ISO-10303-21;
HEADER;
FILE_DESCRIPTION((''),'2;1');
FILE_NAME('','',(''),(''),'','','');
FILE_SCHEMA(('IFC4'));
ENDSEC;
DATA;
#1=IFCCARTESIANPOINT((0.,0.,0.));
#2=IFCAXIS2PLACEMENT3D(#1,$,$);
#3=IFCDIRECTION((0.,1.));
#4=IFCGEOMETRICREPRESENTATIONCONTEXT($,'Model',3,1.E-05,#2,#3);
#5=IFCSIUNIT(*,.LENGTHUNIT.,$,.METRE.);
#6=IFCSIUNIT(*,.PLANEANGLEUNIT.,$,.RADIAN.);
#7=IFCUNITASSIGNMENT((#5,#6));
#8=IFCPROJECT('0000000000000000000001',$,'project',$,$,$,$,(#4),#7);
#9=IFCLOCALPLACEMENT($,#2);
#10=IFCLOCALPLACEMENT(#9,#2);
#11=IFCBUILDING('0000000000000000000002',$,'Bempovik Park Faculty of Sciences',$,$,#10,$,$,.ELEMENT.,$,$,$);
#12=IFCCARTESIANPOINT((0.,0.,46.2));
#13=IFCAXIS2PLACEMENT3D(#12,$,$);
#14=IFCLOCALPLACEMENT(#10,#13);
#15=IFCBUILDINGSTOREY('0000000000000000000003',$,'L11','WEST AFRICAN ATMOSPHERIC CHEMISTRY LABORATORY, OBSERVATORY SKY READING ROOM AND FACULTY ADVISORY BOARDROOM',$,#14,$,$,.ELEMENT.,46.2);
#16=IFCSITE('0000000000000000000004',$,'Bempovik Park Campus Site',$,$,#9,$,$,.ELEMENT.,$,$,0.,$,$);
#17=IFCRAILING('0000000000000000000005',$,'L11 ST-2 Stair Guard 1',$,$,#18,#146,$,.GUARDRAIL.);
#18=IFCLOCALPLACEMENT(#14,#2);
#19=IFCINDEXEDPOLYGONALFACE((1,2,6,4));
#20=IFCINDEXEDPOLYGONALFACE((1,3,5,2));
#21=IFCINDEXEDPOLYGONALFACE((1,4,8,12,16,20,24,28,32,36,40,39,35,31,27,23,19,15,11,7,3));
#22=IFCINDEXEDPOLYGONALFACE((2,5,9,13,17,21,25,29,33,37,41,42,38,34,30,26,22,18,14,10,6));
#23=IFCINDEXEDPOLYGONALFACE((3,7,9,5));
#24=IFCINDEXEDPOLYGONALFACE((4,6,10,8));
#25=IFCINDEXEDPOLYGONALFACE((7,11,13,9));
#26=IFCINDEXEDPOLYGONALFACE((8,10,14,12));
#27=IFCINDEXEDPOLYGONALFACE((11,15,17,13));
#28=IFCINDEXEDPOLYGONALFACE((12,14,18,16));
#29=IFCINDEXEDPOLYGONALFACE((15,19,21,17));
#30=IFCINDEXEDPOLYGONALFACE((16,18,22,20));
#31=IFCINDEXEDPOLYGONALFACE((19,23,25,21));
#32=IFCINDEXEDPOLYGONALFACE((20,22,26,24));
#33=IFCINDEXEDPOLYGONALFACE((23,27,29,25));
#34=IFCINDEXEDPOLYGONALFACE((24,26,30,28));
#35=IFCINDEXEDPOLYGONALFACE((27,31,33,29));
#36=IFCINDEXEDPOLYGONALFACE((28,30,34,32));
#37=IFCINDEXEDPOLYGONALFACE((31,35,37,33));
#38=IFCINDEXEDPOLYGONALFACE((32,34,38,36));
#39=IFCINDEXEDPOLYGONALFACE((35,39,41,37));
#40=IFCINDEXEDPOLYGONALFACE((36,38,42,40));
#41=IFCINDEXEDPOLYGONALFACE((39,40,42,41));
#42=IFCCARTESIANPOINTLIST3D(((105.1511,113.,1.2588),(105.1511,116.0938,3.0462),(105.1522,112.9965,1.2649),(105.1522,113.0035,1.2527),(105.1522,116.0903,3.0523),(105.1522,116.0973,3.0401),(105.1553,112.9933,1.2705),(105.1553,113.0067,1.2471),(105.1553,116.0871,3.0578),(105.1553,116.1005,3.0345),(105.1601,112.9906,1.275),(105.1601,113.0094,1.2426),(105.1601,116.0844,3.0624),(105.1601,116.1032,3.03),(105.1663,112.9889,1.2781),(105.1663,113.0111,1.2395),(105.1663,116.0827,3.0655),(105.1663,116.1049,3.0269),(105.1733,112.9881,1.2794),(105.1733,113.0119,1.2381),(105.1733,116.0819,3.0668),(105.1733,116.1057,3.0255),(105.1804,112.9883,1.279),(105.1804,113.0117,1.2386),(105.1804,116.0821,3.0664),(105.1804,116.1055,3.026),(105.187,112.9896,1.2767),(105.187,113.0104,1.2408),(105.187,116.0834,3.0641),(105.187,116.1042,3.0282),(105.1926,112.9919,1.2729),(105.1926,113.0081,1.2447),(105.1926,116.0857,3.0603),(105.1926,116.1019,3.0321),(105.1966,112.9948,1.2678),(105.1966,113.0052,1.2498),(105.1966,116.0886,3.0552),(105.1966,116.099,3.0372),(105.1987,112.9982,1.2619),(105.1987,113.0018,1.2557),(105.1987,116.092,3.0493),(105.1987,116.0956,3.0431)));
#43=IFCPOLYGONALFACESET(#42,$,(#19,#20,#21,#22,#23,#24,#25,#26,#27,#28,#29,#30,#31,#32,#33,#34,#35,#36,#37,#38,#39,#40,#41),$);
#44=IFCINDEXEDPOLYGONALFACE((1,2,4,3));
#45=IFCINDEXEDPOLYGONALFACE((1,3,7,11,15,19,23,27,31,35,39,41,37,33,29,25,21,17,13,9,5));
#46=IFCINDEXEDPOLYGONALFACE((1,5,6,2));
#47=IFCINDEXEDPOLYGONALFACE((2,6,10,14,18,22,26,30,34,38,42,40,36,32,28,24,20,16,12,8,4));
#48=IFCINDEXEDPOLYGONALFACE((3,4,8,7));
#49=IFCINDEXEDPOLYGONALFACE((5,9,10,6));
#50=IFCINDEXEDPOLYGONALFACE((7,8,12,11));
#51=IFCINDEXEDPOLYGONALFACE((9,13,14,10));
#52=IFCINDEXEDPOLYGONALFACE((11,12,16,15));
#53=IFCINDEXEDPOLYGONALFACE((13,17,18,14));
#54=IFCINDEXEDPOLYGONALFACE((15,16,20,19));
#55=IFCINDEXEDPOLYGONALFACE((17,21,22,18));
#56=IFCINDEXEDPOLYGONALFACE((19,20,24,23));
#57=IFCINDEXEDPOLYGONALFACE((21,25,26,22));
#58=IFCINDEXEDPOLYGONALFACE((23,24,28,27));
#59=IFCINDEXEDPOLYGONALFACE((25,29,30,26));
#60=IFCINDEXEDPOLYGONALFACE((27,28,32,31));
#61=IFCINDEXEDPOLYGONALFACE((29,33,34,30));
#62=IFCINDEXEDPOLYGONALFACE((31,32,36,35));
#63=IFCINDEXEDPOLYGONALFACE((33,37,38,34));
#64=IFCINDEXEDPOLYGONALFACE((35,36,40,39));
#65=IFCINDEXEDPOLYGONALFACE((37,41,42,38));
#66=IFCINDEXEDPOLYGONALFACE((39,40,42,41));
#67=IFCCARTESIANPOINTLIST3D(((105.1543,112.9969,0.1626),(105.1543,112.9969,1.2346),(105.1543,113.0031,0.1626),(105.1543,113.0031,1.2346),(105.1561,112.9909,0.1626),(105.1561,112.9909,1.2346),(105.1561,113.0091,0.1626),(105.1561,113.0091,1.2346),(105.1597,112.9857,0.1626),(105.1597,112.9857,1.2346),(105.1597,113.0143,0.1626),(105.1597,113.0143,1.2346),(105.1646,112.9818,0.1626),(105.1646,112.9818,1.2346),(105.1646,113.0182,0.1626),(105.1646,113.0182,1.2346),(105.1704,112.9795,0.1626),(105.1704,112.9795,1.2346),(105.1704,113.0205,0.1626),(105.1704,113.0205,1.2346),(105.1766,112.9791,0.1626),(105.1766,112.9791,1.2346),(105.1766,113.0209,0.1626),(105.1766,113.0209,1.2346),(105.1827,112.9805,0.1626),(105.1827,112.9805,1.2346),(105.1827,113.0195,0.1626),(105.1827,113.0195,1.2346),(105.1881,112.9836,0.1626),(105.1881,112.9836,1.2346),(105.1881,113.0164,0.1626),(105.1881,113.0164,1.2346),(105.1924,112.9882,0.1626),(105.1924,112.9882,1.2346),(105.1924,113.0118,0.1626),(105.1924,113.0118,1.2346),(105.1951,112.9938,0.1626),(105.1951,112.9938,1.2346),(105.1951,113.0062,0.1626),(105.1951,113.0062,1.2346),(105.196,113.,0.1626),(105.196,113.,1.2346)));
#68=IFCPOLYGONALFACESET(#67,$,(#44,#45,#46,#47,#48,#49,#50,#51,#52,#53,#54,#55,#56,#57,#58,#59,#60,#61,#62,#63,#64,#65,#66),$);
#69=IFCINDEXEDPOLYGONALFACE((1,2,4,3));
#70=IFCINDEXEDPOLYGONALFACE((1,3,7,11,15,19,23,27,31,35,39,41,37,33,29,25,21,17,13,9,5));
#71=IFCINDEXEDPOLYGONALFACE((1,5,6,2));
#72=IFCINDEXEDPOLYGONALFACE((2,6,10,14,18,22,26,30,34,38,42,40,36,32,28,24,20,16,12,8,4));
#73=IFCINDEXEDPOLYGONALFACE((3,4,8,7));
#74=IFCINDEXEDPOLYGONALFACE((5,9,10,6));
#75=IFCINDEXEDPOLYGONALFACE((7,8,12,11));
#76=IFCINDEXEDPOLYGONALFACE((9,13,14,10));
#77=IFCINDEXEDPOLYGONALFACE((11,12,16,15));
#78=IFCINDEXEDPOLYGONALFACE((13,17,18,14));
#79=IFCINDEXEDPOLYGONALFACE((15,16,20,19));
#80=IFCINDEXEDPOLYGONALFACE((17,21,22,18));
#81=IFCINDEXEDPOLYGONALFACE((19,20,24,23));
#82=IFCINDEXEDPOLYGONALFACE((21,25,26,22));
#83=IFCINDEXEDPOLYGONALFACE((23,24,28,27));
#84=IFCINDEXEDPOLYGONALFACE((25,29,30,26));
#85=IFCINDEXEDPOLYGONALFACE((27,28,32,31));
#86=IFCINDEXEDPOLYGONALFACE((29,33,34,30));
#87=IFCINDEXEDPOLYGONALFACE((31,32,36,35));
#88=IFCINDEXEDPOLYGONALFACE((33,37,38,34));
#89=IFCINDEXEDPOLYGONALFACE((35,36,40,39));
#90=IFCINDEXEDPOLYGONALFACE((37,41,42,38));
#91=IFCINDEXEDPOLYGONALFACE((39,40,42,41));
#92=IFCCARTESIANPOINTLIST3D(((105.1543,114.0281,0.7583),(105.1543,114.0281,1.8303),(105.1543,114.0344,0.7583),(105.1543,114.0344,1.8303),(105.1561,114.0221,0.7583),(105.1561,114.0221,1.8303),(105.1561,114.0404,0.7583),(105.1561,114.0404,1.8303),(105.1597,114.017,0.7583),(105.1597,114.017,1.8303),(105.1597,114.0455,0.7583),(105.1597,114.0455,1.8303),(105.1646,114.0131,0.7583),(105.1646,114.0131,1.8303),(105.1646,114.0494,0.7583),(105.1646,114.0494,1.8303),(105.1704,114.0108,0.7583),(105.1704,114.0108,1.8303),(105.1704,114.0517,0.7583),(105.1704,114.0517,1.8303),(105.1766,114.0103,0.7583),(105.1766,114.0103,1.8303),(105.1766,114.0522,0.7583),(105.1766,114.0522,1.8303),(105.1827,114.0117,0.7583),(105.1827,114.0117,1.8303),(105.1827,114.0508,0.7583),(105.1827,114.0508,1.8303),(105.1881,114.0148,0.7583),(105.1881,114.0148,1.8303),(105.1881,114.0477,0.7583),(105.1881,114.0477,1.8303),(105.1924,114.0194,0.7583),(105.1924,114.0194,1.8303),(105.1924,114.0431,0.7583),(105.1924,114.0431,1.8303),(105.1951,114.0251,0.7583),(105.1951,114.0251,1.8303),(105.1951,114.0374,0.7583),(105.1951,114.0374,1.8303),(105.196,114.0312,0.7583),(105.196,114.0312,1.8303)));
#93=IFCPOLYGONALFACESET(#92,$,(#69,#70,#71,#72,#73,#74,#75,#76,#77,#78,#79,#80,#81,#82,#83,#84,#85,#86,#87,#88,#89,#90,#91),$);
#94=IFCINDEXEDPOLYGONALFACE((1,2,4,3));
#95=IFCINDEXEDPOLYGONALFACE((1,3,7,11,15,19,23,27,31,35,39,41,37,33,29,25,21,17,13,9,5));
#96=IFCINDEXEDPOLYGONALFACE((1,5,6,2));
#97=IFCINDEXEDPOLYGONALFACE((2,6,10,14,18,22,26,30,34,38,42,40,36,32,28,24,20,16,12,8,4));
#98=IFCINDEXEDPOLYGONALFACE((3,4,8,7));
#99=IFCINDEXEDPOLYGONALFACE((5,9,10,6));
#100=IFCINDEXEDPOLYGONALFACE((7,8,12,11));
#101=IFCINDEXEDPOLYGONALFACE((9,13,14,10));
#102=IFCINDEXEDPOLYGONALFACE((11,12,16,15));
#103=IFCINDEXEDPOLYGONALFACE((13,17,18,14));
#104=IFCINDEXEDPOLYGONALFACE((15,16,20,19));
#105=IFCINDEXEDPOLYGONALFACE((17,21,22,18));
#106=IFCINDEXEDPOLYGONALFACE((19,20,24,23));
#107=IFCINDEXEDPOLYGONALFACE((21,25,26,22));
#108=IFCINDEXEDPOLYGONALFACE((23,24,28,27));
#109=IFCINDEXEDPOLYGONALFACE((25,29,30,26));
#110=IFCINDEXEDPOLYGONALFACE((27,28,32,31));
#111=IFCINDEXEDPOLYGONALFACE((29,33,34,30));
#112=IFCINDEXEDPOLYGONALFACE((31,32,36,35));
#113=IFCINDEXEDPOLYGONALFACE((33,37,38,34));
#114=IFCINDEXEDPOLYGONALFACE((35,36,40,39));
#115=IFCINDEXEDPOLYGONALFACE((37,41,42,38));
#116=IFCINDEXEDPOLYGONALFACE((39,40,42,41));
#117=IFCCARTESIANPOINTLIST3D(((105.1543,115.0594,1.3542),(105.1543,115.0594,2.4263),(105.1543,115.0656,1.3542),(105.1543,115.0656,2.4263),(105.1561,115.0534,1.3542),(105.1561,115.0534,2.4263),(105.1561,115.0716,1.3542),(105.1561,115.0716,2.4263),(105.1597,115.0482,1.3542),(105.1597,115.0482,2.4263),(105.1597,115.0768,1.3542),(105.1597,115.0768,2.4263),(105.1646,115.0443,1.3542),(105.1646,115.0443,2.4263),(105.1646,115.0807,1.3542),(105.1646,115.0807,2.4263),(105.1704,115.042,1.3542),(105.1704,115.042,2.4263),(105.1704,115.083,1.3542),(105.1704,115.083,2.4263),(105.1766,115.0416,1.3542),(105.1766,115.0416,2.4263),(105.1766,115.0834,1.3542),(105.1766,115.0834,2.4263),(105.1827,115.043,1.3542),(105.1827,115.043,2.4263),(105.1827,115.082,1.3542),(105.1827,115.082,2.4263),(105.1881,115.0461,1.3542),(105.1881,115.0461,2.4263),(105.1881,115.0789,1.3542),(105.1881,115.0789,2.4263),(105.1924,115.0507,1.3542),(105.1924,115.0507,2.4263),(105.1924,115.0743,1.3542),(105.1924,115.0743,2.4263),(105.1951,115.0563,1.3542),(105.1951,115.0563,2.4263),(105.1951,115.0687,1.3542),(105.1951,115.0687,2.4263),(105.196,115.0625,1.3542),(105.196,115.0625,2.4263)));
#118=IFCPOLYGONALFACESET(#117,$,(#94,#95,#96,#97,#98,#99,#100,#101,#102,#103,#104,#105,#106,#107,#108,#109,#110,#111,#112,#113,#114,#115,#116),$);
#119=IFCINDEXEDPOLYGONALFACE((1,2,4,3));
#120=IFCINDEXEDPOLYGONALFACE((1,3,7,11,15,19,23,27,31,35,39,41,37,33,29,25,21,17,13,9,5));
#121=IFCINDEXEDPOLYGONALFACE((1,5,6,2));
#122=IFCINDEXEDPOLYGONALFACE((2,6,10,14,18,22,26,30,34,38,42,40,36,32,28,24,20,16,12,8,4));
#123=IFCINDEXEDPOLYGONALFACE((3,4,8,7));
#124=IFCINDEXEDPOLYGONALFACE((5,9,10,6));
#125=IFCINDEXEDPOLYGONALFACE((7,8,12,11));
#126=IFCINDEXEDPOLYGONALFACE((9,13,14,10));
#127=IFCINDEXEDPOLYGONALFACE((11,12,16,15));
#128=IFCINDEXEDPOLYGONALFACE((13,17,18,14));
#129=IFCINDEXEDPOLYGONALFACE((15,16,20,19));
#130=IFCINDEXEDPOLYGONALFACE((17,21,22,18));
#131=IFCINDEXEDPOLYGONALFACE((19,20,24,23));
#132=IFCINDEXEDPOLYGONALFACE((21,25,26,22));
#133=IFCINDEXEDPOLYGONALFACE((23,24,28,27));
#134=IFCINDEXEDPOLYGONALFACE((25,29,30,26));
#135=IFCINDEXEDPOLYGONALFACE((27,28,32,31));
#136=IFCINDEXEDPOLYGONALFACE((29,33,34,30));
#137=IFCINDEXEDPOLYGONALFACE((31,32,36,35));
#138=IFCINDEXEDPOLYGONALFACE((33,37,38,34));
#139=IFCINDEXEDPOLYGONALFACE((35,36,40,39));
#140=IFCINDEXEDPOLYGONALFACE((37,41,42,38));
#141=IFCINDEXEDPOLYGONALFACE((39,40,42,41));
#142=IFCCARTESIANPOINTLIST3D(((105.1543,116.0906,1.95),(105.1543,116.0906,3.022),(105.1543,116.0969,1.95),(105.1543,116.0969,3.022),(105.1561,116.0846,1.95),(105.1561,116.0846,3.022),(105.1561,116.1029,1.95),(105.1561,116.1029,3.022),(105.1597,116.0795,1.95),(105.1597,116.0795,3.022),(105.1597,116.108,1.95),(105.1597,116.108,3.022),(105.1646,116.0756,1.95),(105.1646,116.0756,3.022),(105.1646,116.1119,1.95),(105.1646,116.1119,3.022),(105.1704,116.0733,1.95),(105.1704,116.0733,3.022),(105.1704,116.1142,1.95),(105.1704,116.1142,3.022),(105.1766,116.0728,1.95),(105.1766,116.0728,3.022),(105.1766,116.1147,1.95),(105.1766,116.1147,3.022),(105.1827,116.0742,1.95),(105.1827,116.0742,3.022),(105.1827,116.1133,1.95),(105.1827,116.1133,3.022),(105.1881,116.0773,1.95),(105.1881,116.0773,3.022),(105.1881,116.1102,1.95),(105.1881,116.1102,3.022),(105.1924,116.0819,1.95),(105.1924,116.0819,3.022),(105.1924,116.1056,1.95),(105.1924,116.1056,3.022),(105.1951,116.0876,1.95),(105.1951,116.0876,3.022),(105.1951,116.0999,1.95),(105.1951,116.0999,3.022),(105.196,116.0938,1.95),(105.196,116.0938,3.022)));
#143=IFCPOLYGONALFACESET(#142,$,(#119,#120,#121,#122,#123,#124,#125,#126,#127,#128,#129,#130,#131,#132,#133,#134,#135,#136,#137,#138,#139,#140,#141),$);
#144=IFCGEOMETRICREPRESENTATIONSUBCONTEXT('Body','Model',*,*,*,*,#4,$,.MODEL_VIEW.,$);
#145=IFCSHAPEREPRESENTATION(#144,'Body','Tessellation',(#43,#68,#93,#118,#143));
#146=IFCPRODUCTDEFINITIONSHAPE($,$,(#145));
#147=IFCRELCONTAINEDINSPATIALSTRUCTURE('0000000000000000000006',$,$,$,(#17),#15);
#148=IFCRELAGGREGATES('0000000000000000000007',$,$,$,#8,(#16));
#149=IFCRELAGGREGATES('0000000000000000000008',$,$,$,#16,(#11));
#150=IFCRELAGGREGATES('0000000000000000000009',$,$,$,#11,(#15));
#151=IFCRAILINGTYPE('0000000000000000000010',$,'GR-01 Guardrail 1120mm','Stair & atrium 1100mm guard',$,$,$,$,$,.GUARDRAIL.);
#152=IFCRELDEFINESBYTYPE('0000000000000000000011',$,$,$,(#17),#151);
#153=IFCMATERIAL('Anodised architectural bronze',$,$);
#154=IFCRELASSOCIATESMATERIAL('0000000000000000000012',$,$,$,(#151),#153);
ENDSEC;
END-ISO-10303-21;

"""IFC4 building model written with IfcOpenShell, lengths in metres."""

from ifc_helpers import new_model, si_unit, direction, frame, origin, origin_2d, place, context, subcontext, project, spatial, circle, extrude, material, type_object, element, save


model = new_model("IFC4")

# Units and contexts
model_context = context("Model", 3, precision=1e-05, world=origin(), true_north=direction((0.0, 1.0)))
body_context = subcontext(model_context, "Body", "Model", "MODEL_VIEW")
ifc_project = project(units=[si_unit("LENGTHUNIT", "METRE"), si_unit("PLANEANGLEUNIT", "RADIAN")], contexts=[model_context])

# Site, building, storey
site_placement = place(None, origin())
site = spatial("IfcSite", under=ifc_project, at=site_placement, Name="Bempovik Park Campus Site", CompositionType="ELEMENT", RefElevation=0.0)
building_placement = place(site_placement, origin())
building = spatial("IfcBuilding", under=site, at=building_placement, Name="Bempovik Park Faculty of Sciences", CompositionType="ELEMENT")
storey_placement = place(building_placement, frame((0.0, 0.0, 46.2)))
storey = spatial("IfcBuildingStorey", under=building, at=storey_placement, Name="L11", Description="WEST AFRICAN ATMOSPHERIC CHEMISTRY LABORATORY, OBSERVATORY SKY READING ROOM AND FACULTY ADVISORY BOARDROOM", CompositionType="ELEMENT", Elevation=46.2)

# Railing
ifc_material_1 = material(Name="Anodised architectural bronze")
railing_type_1 = type_object("IfcRailingType", Name="GR-01 Guardrail 1120mm", Description="Stair & atrium 1100mm guard", PredefinedType="GUARDRAIL", material=ifc_material_1)
railing_1_placement = place(storey_placement, frame((105.175, 113.0, 0.1626)))
element("IfcRailing", 1, at=railing_1_placement, inside=storey, type_object=railing_type_1, Name="L11 ST-2 Stair Guard 1", PredefinedType="GUARDRAIL", context=body_context, shape_type="SweptSolid", body=[
    extrude(circle(Radius=0.0239, at=origin_2d()), frame((0.0, 0.0, 1.0962), z_axis=(0.0, 0.865883, 0.500247), x_axis=(-1.0, 0.0, 0.0)), (0.0, 0.0, 1.0), 3.573),
    extrude(circle(Radius=0.021, at=origin_2d()), origin(), (0.0, 0.0, 1.0), 1.072),
    extrude(circle(Radius=0.021, at=origin_2d()), frame((0.0, 1.0312, 0.5957)), (0.0, 0.0, 1.0), 1.072),
    extrude(circle(Radius=0.021, at=origin_2d()), frame((0.0, 2.0625, 1.1917)), (0.0, 0.0, 1.0), 1.072),
    extrude(circle(Radius=0.021, at=origin_2d()), frame((0.0, 3.0938, 1.7874)), (0.0, 0.0, 1.0), 1.072),
])

save(model, "model.ifc")
